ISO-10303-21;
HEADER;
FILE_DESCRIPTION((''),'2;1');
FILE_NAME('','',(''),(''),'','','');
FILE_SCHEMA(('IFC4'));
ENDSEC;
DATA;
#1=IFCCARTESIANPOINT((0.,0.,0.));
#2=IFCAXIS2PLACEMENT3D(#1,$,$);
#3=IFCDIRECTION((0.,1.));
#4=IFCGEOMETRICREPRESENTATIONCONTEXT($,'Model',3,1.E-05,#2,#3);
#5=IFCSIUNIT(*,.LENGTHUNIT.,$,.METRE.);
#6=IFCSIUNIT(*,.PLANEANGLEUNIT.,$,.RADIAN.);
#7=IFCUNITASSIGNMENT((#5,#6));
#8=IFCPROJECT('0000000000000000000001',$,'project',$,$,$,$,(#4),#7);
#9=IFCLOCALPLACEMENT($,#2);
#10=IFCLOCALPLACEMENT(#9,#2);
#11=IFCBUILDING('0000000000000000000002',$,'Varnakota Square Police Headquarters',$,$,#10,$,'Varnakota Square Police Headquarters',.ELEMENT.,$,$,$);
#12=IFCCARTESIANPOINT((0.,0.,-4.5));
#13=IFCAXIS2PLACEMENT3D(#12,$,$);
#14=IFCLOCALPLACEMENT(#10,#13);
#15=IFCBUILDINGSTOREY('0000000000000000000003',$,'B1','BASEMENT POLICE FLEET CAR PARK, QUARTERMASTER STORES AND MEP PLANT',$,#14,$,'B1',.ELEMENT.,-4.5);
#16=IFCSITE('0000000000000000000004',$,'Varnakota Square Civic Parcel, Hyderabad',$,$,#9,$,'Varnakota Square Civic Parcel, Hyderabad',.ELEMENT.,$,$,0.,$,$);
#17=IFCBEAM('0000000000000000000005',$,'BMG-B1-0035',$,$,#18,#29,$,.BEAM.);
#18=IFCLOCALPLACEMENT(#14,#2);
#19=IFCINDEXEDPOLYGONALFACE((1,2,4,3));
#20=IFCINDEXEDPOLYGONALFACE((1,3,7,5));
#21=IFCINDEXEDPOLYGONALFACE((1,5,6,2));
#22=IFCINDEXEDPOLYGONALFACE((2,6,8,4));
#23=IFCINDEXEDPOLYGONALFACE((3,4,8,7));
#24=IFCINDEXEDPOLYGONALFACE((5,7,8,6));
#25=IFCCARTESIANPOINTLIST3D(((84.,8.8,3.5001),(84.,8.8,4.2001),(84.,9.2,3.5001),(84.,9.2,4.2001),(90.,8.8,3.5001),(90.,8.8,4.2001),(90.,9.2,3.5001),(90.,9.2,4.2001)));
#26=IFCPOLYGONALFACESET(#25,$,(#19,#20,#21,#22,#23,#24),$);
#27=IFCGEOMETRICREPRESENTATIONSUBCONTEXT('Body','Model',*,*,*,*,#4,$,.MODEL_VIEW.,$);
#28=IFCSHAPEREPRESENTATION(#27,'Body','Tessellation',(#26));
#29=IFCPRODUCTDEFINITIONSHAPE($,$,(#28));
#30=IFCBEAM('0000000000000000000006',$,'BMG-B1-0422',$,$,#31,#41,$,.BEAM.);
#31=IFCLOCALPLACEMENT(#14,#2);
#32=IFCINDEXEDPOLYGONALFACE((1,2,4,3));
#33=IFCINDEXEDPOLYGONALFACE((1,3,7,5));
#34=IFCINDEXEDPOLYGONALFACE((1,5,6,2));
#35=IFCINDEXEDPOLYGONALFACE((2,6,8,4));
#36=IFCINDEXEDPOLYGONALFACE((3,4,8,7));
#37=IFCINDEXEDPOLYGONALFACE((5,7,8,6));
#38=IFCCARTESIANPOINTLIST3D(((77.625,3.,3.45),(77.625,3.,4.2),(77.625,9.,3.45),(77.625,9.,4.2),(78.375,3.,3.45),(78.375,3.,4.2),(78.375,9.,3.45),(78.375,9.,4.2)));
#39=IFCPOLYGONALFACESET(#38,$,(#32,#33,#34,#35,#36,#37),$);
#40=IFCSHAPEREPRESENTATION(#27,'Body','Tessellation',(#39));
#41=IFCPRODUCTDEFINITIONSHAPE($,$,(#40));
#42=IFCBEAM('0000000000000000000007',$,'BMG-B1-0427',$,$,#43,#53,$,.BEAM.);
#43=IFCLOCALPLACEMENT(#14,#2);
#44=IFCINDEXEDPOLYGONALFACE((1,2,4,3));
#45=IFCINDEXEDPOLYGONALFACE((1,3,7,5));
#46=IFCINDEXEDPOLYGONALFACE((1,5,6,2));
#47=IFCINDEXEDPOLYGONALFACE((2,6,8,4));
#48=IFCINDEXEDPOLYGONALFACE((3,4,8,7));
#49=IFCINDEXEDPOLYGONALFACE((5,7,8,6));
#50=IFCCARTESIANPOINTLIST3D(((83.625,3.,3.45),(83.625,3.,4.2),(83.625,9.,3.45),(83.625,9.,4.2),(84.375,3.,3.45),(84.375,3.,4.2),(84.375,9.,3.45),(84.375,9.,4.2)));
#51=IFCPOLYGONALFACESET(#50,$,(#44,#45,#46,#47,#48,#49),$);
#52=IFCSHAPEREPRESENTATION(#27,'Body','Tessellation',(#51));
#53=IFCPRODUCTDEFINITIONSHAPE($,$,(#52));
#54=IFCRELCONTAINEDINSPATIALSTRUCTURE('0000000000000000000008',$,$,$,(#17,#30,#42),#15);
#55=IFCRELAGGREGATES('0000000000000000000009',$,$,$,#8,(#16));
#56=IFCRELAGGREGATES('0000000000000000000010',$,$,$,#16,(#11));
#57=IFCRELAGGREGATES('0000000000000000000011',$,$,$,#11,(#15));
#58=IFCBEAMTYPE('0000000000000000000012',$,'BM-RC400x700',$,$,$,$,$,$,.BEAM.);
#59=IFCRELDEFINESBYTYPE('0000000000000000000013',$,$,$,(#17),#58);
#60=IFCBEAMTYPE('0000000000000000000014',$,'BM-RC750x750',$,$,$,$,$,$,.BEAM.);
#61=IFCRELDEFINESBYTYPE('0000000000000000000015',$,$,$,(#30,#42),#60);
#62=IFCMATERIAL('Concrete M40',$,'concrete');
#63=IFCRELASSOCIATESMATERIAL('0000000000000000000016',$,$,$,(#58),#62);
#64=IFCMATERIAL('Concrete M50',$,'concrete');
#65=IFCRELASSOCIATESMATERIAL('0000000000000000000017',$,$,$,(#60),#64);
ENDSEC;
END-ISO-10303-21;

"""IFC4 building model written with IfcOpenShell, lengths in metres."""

from ifc_helpers import new_model, si_unit, direction, frame, origin, origin_2d, place, context, subcontext, project, spatial, rectangle, extrude, material, material_profile, profile_set, type_object, element, save


model = new_model("IFC4")

# Units and contexts
model_context = context("Model", 3, precision=1e-05, world=origin(), true_north=direction((0.0, 1.0)))
body_context = subcontext(model_context, "Body", "Model", "MODEL_VIEW")
ifc_project = project(units=[si_unit("LENGTHUNIT", "METRE"), si_unit("PLANEANGLEUNIT", "RADIAN")], contexts=[model_context])

# Site, building, storey
site_placement = place(None, origin())
site = spatial("IfcSite", under=ifc_project, at=site_placement, Name="Varnakota Square Civic Parcel, Hyderabad", LongName="Varnakota Square Civic Parcel, Hyderabad", CompositionType="ELEMENT", RefElevation=0.0)
building_placement = place(site_placement, origin())
building = spatial("IfcBuilding", under=site, at=building_placement, Name="Varnakota Square Police Headquarters", LongName="Varnakota Square Police Headquarters", CompositionType="ELEMENT")
storey_placement = place(building_placement, frame((0.0, 0.0, -4.5)))
storey = spatial("IfcBuildingStorey", under=building, at=storey_placement, Name="B1", Description="BASEMENT POLICE FLEET CAR PARK, QUARTERMASTER STORES AND MEP PLANT", LongName="B1", CompositionType="ELEMENT", Elevation=-4.5)

# Shared definitions
ifc_material_1 = material(Name="Concrete M40", Category="concrete")

# Beams
ifc_material_profile_1 = material_profile(ifc_material_1, rectangle(XDim=0.3999, YDim=0.7, at=origin_2d()), Name="RC 400x700")
ifc_profile_set_1 = profile_set([ifc_material_profile_1], Name="Concrete M40")
beam_type_1 = type_object("IfcBeamType", Name="BM-RC400x700", PredefinedType="BEAM", material=ifc_profile_set_1)
for number, where, z_axis, x_axis, name in (
    (1, (84.0, 9.0, 3.8501), (1.0, 0.0, 0.0), (0.0, 1.0, 0.0), "BMG-B1-0035"),
):
    element("IfcBeam", number, at=place(storey_placement, frame(where, z_axis=z_axis, x_axis=x_axis)), inside=storey, type_object=beam_type_1, Name=name, PredefinedType="BEAM", context=body_context, shape_type="SweptSolid", body=[
        extrude(rectangle(XDim=0.3999, YDim=0.7, at=origin_2d()), origin(), (0.0, 0.0, 1.0), 6.0),
    ])
ifc_material_2 = material(Name="Concrete M50", Category="concrete")
ifc_material_profile_2 = material_profile(ifc_material_2, rectangle(XDim=0.75, YDim=0.75, at=origin_2d()), Name="RC 750x750")
ifc_profile_set_2 = profile_set([ifc_material_profile_2], Name="Concrete M50")
beam_type_2 = type_object("IfcBeamType", Name="BM-RC750x750", PredefinedType="BEAM", material=ifc_profile_set_2)
for number, where, z_axis, x_axis, name in (
    (2, (78.0, 3.0, 3.825), (0.0, 1.0, 0.0), (-1.0, 0.0, 0.0), "BMG-B1-0422"),
    (3, (84.0, 3.0, 3.825), (0.0, 1.0, 0.0), (-1.0, 0.0, 0.0), "BMG-B1-0427"),
):
    element("IfcBeam", number, at=place(storey_placement, frame(where, z_axis=z_axis, x_axis=x_axis)), inside=storey, type_object=beam_type_2, Name=name, PredefinedType="BEAM", context=body_context, shape_type="SweptSolid", body=[
        extrude(rectangle(XDim=0.75, YDim=0.75, at=origin_2d()), origin(), (0.0, 0.0, 1.0), 6.0),
    ])

save(model, "model.ifc")
